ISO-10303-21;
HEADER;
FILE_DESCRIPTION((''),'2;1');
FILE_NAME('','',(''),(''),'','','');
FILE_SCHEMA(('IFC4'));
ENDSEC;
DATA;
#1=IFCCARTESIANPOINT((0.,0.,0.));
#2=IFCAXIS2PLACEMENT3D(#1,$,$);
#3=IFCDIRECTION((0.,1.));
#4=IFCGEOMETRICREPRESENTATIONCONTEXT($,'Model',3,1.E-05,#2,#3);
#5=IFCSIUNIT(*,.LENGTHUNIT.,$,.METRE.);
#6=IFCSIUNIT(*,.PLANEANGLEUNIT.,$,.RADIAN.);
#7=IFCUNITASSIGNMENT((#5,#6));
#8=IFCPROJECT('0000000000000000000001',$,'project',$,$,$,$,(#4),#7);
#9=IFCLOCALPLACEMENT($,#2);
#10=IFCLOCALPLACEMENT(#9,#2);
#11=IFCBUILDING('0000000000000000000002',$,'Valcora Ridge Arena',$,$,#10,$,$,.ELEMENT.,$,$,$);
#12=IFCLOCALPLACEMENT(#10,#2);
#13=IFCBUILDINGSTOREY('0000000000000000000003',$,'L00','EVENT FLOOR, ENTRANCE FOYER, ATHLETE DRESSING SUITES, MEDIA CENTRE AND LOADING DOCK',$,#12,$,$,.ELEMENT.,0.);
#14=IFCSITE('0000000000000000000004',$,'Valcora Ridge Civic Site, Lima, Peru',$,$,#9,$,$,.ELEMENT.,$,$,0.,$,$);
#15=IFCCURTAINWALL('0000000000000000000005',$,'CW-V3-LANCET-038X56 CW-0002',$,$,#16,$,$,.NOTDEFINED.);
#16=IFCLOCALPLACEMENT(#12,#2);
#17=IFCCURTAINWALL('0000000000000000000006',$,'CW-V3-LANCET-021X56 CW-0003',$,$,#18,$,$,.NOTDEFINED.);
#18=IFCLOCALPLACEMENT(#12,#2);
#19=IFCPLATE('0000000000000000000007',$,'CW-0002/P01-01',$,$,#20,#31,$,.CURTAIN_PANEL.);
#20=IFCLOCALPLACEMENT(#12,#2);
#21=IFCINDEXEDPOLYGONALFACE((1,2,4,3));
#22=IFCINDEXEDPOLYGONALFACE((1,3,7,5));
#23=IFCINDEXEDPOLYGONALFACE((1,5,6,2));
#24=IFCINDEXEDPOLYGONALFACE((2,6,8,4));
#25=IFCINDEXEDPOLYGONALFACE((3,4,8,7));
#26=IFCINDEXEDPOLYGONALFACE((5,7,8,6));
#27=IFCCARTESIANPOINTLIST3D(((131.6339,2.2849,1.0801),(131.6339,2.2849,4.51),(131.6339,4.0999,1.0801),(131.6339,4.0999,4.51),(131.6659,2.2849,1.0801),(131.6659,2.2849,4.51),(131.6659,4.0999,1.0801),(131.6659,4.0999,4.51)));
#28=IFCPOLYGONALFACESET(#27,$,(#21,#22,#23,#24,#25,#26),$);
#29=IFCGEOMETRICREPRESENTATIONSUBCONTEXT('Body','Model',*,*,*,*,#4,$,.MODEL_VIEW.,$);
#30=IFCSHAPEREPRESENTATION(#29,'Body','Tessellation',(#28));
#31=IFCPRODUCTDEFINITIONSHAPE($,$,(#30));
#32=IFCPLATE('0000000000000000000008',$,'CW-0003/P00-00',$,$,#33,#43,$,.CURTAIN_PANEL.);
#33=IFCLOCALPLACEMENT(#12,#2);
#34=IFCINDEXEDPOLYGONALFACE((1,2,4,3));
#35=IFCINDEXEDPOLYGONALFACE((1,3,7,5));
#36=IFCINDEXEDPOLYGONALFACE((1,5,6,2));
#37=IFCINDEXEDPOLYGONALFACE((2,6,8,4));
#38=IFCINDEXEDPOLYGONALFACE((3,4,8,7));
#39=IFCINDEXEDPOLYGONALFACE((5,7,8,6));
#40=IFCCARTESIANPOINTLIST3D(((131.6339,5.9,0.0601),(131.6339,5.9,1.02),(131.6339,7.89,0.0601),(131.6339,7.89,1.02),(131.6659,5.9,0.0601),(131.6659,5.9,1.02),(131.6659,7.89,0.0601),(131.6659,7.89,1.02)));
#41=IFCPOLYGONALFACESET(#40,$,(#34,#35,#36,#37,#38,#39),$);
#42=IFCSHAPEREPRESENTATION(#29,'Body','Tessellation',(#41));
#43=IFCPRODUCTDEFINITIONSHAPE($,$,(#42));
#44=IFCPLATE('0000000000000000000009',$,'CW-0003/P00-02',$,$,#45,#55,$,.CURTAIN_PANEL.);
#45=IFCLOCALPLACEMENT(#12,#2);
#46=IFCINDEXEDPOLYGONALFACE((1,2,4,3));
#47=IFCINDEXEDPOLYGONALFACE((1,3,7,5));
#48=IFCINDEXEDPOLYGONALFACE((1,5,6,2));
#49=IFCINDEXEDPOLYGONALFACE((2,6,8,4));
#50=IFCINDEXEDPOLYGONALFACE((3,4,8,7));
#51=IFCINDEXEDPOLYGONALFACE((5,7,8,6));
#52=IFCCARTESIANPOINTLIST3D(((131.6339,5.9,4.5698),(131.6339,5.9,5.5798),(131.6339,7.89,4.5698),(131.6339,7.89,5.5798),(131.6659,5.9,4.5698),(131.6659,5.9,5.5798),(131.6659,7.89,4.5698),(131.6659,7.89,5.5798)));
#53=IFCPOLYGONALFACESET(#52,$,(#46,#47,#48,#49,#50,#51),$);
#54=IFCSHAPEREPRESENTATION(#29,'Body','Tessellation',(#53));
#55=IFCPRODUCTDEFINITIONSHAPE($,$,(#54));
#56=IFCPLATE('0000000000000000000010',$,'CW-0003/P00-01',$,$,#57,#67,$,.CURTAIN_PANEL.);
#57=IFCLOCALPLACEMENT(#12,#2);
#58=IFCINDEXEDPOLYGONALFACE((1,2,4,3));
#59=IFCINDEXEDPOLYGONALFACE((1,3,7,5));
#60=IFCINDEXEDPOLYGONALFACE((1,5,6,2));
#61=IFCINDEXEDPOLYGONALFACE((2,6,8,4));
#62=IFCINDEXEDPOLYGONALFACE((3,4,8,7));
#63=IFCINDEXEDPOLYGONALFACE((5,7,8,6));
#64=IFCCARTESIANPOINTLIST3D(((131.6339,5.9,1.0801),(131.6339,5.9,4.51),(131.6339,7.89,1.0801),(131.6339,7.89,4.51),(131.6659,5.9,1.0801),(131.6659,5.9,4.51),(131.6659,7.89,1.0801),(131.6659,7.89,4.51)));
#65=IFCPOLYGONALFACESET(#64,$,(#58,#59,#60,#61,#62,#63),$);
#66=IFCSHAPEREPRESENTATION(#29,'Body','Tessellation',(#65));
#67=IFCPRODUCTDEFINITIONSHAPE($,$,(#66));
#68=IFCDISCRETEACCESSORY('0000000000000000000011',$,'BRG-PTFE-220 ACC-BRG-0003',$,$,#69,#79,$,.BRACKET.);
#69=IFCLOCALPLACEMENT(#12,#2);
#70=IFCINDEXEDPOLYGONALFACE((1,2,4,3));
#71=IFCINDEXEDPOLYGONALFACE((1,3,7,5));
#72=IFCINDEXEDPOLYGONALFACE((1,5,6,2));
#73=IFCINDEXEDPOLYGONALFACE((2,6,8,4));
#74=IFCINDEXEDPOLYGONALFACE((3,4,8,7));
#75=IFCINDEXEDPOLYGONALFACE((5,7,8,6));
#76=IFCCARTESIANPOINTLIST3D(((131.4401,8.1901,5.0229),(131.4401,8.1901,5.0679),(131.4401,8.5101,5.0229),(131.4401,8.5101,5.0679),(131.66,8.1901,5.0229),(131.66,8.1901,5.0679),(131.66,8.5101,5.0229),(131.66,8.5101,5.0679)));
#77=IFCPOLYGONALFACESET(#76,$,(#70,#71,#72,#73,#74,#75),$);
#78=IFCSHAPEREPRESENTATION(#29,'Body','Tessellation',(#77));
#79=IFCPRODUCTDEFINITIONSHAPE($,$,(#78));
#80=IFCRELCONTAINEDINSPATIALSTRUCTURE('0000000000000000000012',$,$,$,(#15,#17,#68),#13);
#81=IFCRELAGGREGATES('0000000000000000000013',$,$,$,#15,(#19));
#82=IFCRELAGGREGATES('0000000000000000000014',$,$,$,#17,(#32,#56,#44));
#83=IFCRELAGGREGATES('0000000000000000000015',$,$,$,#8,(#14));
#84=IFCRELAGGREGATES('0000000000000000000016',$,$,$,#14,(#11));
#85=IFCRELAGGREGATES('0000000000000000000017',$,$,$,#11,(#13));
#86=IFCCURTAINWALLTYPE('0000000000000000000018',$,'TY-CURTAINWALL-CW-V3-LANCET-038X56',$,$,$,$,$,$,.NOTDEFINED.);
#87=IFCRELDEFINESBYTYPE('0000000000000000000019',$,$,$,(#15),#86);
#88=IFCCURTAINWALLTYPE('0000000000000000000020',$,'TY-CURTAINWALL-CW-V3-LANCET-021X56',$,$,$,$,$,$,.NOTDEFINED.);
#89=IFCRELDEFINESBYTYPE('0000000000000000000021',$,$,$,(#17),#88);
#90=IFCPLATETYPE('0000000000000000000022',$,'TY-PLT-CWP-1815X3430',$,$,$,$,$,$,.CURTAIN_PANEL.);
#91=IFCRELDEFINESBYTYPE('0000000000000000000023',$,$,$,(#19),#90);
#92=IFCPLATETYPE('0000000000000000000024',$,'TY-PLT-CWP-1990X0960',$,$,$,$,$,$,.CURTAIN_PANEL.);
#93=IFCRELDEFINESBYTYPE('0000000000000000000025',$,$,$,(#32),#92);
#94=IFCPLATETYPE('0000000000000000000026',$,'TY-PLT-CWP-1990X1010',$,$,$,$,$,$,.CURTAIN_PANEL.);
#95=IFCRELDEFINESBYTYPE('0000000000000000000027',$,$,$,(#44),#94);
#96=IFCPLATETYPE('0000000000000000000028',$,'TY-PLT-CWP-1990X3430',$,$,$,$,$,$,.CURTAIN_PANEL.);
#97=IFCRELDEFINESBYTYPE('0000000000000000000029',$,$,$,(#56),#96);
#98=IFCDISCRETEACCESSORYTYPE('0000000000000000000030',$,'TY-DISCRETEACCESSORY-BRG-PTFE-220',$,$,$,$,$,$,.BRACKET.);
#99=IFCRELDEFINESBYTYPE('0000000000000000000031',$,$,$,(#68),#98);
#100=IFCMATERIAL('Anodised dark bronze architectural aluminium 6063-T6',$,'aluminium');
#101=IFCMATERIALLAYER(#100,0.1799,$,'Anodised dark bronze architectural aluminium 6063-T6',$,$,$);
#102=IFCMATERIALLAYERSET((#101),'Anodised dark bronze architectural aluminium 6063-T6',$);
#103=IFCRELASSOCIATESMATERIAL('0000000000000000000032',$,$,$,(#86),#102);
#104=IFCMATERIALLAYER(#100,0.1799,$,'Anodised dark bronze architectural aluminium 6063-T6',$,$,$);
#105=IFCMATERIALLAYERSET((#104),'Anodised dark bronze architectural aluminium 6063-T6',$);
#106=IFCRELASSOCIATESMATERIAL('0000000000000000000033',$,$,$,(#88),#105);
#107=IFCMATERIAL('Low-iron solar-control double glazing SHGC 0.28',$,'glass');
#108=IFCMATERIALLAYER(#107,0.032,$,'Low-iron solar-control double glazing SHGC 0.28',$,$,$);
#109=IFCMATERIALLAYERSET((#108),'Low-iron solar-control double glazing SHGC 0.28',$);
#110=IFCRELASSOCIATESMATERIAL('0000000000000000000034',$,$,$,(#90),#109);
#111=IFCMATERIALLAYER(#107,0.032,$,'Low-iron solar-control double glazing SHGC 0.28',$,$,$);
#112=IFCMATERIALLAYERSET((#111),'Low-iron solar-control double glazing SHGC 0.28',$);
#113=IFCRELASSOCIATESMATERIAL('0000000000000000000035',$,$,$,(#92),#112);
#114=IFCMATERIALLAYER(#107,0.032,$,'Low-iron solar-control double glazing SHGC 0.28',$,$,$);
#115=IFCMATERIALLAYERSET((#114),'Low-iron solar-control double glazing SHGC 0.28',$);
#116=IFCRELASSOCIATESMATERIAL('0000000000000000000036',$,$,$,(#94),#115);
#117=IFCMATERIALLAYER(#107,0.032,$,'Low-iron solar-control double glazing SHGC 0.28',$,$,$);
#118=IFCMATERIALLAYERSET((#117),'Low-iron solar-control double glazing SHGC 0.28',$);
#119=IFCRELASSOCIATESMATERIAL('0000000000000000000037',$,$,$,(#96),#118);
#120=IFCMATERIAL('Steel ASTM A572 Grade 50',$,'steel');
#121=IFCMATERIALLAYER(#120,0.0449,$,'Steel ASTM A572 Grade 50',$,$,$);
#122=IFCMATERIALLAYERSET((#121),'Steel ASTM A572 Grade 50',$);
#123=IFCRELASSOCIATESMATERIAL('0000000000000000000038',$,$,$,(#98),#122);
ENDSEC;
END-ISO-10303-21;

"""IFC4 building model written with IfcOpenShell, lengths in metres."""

from ifc_helpers import new_model, si_unit, direction, frame, origin, origin_2d, place, context, subcontext, project, spatial, rectangle, extrude, material, layer, layer_set, type_object, element, aggregate, save


model = new_model("IFC4")

# Units and contexts
model_context = context("Model", 3, precision=1e-05, world=origin(), true_north=direction((0.0, 1.0)))
body_context = subcontext(model_context, "Body", "Model", "MODEL_VIEW")
ifc_project = project(units=[si_unit("LENGTHUNIT", "METRE"), si_unit("PLANEANGLEUNIT", "RADIAN")], contexts=[model_context])

# Site, building, storey
site_placement = place(None, origin())
site = spatial("IfcSite", under=ifc_project, at=site_placement, Name="Valcora Ridge Civic Site, Lima, Peru", CompositionType="ELEMENT", RefElevation=0.0)
building_placement = place(site_placement, origin())
building = spatial("IfcBuilding", under=site, at=building_placement, Name="Valcora Ridge Arena", CompositionType="ELEMENT")
storey_placement = place(building_placement, origin())
storey = spatial("IfcBuildingStorey", under=building, at=storey_placement, Name="L00", Description="EVENT FLOOR, ENTRANCE FOYER, ATHLETE DRESSING SUITES, MEDIA CENTRE AND LOADING DOCK", CompositionType="ELEMENT", Elevation=0.0)

# Shared definitions
ifc_material_1 = material(Name="Steel ASTM A572 Grade 50", Category="steel")

# Curtain walls
ifc_material_2 = material(Name="Anodised dark bronze architectural aluminium 6063-T6", Category="aluminium")
ifc_layer_1 = layer(ifc_material_2, 0.1799, Name="Anodised dark bronze architectural aluminium 6063-T6")
ifc_layer_set_1 = layer_set([ifc_layer_1], Name="Anodised dark bronze architectural aluminium 6063-T6")
curtain_wall_type_1 = type_object("IfcCurtainWallType", Name="TY-CURTAINWALL-CW-V3-LANCET-038X56", PredefinedType="NOTDEFINED", material=ifc_layer_set_1)
curtain_wall_1_placement = place(storey_placement, origin())
curtain_wall_1 = element("IfcCurtainWall", 1, at=curtain_wall_1_placement, inside=storey, type_object=curtain_wall_type_1, Name="CW-V3-LANCET-038X56 CW-0002", PredefinedType="NOTDEFINED")
ifc_layer_2 = layer(ifc_material_2, 0.1799, Name="Anodised dark bronze architectural aluminium 6063-T6")
ifc_layer_set_2 = layer_set([ifc_layer_2], Name="Anodised dark bronze architectural aluminium 6063-T6")
curtain_wall_type_2 = type_object("IfcCurtainWallType", Name="TY-CURTAINWALL-CW-V3-LANCET-021X56", PredefinedType="NOTDEFINED", material=ifc_layer_set_2)
curtain_wall_2_placement = place(storey_placement, origin())
curtain_wall_2 = element("IfcCurtainWall", 2, at=curtain_wall_2_placement, inside=storey, type_object=curtain_wall_type_2, Name="CW-V3-LANCET-021X56 CW-0003", PredefinedType="NOTDEFINED")

# Plates
ifc_material_3 = material(Name="Low-iron solar-control double glazing SHGC 0.28", Category="glass")
ifc_layer_3 = layer(ifc_material_3, 0.032, Name="Low-iron solar-control double glazing SHGC 0.28")
ifc_layer_set_3 = layer_set([ifc_layer_3], Name="Low-iron solar-control double glazing SHGC 0.28")
plate_type_1 = type_object("IfcPlateType", Name="TY-PLT-CWP-1815X3430", PredefinedType="CURTAIN_PANEL", material=ifc_layer_set_3)
plate_1_placement = place(storey_placement, frame((131.6499, 3.1924, 1.0801), z_axis=(0.0, 0.0, 1.0), x_axis=(0.0, 1.0, 0.0)))
plate_1 = element("IfcPlate", 3, at=plate_1_placement, type_object=plate_type_1, Name="CW-0002/P01-01", PredefinedType="CURTAIN_PANEL", context=body_context, shape_type="SweptSolid", body=[
    extrude(rectangle(XDim=1.8149, YDim=0.032, at=origin_2d()), origin(), (0.0, 0.0, 1.0), 3.4299),
])
aggregate(curtain_wall_1, [plate_1])
ifc_layer_4 = layer(ifc_material_3, 0.032, Name="Low-iron solar-control double glazing SHGC 0.28")
ifc_layer_set_4 = layer_set([ifc_layer_4], Name="Low-iron solar-control double glazing SHGC 0.28")
plate_type_2 = type_object("IfcPlateType", Name="TY-PLT-CWP-1990X0960", PredefinedType="CURTAIN_PANEL", material=ifc_layer_set_4)
plate_2_placement = place(storey_placement, frame((131.6499, 6.895, 0.0601), z_axis=(0.0, 0.0, 1.0), x_axis=(0.0, 1.0, 0.0)))
plate_2 = element("IfcPlate", 4, at=plate_2_placement, type_object=plate_type_2, Name="CW-0003/P00-00", PredefinedType="CURTAIN_PANEL", context=body_context, shape_type="SweptSolid", body=[
    extrude(rectangle(XDim=1.99, YDim=0.032, at=origin_2d()), origin(), (0.0, 0.0, 1.0), 0.96),
])
ifc_layer_5 = layer(ifc_material_3, 0.032, Name="Low-iron solar-control double glazing SHGC 0.28")
ifc_layer_set_5 = layer_set([ifc_layer_5], Name="Low-iron solar-control double glazing SHGC 0.28")
plate_type_3 = type_object("IfcPlateType", Name="TY-PLT-CWP-1990X1010", PredefinedType="CURTAIN_PANEL", material=ifc_layer_set_5)
plate_3_placement = place(storey_placement, frame((131.6499, 6.895, 4.5698), z_axis=(0.0, 0.0, 1.0), x_axis=(0.0, 1.0, 0.0)))
plate_3 = element("IfcPlate", 5, at=plate_3_placement, type_object=plate_type_3, Name="CW-0003/P00-02", PredefinedType="CURTAIN_PANEL", context=body_context, shape_type="SweptSolid", body=[
    extrude(rectangle(XDim=1.99, YDim=0.032, at=origin_2d()), origin(), (0.0, 0.0, 1.0), 1.01),
])
ifc_layer_6 = layer(ifc_material_3, 0.032, Name="Low-iron solar-control double glazing SHGC 0.28")
ifc_layer_set_6 = layer_set([ifc_layer_6], Name="Low-iron solar-control double glazing SHGC 0.28")
plate_type_4 = type_object("IfcPlateType", Name="TY-PLT-CWP-1990X3430", PredefinedType="CURTAIN_PANEL", material=ifc_layer_set_6)
plate_4_placement = place(storey_placement, frame((131.6499, 6.895, 1.0801), z_axis=(0.0, 0.0, 1.0), x_axis=(0.0, 1.0, 0.0)))
plate_4 = element("IfcPlate", 6, at=plate_4_placement, type_object=plate_type_4, Name="CW-0003/P00-01", PredefinedType="CURTAIN_PANEL", context=body_context, shape_type="SweptSolid", body=[
    extrude(rectangle(XDim=1.99, YDim=0.032, at=origin_2d()), origin(), (0.0, 0.0, 1.0), 3.4299),
])
aggregate(curtain_wall_2, [plate_2, plate_4, plate_3])

# Discrete accessory
ifc_layer_7 = layer(ifc_material_1, 0.0449, Name="Steel ASTM A572 Grade 50")
ifc_layer_set_7 = layer_set([ifc_layer_7], Name="Steel ASTM A572 Grade 50")
discrete_accessory_type = type_object("IfcDiscreteAccessoryType", Name="TY-DISCRETEACCESSORY-BRG-PTFE-220", PredefinedType="BRACKET", material=ifc_layer_set_7)
discrete_accessory_placement = place(storey_placement, frame((131.55, 8.3501, 5.0229), z_axis=(0.0, 0.0, 1.0), x_axis=(1.0, 0.0, 0.0)))
element("IfcDiscreteAccessory", 7, at=discrete_accessory_placement, inside=storey, type_object=discrete_accessory_type, Name="BRG-PTFE-220 ACC-BRG-0003", PredefinedType="BRACKET", context=body_context, shape_type="SweptSolid", body=[
    extrude(rectangle(XDim=0.22, YDim=0.3201, at=origin_2d()), origin(), (0.0, 0.0, 1.0), 0.0449),
])

save(model, "model.ifc")
